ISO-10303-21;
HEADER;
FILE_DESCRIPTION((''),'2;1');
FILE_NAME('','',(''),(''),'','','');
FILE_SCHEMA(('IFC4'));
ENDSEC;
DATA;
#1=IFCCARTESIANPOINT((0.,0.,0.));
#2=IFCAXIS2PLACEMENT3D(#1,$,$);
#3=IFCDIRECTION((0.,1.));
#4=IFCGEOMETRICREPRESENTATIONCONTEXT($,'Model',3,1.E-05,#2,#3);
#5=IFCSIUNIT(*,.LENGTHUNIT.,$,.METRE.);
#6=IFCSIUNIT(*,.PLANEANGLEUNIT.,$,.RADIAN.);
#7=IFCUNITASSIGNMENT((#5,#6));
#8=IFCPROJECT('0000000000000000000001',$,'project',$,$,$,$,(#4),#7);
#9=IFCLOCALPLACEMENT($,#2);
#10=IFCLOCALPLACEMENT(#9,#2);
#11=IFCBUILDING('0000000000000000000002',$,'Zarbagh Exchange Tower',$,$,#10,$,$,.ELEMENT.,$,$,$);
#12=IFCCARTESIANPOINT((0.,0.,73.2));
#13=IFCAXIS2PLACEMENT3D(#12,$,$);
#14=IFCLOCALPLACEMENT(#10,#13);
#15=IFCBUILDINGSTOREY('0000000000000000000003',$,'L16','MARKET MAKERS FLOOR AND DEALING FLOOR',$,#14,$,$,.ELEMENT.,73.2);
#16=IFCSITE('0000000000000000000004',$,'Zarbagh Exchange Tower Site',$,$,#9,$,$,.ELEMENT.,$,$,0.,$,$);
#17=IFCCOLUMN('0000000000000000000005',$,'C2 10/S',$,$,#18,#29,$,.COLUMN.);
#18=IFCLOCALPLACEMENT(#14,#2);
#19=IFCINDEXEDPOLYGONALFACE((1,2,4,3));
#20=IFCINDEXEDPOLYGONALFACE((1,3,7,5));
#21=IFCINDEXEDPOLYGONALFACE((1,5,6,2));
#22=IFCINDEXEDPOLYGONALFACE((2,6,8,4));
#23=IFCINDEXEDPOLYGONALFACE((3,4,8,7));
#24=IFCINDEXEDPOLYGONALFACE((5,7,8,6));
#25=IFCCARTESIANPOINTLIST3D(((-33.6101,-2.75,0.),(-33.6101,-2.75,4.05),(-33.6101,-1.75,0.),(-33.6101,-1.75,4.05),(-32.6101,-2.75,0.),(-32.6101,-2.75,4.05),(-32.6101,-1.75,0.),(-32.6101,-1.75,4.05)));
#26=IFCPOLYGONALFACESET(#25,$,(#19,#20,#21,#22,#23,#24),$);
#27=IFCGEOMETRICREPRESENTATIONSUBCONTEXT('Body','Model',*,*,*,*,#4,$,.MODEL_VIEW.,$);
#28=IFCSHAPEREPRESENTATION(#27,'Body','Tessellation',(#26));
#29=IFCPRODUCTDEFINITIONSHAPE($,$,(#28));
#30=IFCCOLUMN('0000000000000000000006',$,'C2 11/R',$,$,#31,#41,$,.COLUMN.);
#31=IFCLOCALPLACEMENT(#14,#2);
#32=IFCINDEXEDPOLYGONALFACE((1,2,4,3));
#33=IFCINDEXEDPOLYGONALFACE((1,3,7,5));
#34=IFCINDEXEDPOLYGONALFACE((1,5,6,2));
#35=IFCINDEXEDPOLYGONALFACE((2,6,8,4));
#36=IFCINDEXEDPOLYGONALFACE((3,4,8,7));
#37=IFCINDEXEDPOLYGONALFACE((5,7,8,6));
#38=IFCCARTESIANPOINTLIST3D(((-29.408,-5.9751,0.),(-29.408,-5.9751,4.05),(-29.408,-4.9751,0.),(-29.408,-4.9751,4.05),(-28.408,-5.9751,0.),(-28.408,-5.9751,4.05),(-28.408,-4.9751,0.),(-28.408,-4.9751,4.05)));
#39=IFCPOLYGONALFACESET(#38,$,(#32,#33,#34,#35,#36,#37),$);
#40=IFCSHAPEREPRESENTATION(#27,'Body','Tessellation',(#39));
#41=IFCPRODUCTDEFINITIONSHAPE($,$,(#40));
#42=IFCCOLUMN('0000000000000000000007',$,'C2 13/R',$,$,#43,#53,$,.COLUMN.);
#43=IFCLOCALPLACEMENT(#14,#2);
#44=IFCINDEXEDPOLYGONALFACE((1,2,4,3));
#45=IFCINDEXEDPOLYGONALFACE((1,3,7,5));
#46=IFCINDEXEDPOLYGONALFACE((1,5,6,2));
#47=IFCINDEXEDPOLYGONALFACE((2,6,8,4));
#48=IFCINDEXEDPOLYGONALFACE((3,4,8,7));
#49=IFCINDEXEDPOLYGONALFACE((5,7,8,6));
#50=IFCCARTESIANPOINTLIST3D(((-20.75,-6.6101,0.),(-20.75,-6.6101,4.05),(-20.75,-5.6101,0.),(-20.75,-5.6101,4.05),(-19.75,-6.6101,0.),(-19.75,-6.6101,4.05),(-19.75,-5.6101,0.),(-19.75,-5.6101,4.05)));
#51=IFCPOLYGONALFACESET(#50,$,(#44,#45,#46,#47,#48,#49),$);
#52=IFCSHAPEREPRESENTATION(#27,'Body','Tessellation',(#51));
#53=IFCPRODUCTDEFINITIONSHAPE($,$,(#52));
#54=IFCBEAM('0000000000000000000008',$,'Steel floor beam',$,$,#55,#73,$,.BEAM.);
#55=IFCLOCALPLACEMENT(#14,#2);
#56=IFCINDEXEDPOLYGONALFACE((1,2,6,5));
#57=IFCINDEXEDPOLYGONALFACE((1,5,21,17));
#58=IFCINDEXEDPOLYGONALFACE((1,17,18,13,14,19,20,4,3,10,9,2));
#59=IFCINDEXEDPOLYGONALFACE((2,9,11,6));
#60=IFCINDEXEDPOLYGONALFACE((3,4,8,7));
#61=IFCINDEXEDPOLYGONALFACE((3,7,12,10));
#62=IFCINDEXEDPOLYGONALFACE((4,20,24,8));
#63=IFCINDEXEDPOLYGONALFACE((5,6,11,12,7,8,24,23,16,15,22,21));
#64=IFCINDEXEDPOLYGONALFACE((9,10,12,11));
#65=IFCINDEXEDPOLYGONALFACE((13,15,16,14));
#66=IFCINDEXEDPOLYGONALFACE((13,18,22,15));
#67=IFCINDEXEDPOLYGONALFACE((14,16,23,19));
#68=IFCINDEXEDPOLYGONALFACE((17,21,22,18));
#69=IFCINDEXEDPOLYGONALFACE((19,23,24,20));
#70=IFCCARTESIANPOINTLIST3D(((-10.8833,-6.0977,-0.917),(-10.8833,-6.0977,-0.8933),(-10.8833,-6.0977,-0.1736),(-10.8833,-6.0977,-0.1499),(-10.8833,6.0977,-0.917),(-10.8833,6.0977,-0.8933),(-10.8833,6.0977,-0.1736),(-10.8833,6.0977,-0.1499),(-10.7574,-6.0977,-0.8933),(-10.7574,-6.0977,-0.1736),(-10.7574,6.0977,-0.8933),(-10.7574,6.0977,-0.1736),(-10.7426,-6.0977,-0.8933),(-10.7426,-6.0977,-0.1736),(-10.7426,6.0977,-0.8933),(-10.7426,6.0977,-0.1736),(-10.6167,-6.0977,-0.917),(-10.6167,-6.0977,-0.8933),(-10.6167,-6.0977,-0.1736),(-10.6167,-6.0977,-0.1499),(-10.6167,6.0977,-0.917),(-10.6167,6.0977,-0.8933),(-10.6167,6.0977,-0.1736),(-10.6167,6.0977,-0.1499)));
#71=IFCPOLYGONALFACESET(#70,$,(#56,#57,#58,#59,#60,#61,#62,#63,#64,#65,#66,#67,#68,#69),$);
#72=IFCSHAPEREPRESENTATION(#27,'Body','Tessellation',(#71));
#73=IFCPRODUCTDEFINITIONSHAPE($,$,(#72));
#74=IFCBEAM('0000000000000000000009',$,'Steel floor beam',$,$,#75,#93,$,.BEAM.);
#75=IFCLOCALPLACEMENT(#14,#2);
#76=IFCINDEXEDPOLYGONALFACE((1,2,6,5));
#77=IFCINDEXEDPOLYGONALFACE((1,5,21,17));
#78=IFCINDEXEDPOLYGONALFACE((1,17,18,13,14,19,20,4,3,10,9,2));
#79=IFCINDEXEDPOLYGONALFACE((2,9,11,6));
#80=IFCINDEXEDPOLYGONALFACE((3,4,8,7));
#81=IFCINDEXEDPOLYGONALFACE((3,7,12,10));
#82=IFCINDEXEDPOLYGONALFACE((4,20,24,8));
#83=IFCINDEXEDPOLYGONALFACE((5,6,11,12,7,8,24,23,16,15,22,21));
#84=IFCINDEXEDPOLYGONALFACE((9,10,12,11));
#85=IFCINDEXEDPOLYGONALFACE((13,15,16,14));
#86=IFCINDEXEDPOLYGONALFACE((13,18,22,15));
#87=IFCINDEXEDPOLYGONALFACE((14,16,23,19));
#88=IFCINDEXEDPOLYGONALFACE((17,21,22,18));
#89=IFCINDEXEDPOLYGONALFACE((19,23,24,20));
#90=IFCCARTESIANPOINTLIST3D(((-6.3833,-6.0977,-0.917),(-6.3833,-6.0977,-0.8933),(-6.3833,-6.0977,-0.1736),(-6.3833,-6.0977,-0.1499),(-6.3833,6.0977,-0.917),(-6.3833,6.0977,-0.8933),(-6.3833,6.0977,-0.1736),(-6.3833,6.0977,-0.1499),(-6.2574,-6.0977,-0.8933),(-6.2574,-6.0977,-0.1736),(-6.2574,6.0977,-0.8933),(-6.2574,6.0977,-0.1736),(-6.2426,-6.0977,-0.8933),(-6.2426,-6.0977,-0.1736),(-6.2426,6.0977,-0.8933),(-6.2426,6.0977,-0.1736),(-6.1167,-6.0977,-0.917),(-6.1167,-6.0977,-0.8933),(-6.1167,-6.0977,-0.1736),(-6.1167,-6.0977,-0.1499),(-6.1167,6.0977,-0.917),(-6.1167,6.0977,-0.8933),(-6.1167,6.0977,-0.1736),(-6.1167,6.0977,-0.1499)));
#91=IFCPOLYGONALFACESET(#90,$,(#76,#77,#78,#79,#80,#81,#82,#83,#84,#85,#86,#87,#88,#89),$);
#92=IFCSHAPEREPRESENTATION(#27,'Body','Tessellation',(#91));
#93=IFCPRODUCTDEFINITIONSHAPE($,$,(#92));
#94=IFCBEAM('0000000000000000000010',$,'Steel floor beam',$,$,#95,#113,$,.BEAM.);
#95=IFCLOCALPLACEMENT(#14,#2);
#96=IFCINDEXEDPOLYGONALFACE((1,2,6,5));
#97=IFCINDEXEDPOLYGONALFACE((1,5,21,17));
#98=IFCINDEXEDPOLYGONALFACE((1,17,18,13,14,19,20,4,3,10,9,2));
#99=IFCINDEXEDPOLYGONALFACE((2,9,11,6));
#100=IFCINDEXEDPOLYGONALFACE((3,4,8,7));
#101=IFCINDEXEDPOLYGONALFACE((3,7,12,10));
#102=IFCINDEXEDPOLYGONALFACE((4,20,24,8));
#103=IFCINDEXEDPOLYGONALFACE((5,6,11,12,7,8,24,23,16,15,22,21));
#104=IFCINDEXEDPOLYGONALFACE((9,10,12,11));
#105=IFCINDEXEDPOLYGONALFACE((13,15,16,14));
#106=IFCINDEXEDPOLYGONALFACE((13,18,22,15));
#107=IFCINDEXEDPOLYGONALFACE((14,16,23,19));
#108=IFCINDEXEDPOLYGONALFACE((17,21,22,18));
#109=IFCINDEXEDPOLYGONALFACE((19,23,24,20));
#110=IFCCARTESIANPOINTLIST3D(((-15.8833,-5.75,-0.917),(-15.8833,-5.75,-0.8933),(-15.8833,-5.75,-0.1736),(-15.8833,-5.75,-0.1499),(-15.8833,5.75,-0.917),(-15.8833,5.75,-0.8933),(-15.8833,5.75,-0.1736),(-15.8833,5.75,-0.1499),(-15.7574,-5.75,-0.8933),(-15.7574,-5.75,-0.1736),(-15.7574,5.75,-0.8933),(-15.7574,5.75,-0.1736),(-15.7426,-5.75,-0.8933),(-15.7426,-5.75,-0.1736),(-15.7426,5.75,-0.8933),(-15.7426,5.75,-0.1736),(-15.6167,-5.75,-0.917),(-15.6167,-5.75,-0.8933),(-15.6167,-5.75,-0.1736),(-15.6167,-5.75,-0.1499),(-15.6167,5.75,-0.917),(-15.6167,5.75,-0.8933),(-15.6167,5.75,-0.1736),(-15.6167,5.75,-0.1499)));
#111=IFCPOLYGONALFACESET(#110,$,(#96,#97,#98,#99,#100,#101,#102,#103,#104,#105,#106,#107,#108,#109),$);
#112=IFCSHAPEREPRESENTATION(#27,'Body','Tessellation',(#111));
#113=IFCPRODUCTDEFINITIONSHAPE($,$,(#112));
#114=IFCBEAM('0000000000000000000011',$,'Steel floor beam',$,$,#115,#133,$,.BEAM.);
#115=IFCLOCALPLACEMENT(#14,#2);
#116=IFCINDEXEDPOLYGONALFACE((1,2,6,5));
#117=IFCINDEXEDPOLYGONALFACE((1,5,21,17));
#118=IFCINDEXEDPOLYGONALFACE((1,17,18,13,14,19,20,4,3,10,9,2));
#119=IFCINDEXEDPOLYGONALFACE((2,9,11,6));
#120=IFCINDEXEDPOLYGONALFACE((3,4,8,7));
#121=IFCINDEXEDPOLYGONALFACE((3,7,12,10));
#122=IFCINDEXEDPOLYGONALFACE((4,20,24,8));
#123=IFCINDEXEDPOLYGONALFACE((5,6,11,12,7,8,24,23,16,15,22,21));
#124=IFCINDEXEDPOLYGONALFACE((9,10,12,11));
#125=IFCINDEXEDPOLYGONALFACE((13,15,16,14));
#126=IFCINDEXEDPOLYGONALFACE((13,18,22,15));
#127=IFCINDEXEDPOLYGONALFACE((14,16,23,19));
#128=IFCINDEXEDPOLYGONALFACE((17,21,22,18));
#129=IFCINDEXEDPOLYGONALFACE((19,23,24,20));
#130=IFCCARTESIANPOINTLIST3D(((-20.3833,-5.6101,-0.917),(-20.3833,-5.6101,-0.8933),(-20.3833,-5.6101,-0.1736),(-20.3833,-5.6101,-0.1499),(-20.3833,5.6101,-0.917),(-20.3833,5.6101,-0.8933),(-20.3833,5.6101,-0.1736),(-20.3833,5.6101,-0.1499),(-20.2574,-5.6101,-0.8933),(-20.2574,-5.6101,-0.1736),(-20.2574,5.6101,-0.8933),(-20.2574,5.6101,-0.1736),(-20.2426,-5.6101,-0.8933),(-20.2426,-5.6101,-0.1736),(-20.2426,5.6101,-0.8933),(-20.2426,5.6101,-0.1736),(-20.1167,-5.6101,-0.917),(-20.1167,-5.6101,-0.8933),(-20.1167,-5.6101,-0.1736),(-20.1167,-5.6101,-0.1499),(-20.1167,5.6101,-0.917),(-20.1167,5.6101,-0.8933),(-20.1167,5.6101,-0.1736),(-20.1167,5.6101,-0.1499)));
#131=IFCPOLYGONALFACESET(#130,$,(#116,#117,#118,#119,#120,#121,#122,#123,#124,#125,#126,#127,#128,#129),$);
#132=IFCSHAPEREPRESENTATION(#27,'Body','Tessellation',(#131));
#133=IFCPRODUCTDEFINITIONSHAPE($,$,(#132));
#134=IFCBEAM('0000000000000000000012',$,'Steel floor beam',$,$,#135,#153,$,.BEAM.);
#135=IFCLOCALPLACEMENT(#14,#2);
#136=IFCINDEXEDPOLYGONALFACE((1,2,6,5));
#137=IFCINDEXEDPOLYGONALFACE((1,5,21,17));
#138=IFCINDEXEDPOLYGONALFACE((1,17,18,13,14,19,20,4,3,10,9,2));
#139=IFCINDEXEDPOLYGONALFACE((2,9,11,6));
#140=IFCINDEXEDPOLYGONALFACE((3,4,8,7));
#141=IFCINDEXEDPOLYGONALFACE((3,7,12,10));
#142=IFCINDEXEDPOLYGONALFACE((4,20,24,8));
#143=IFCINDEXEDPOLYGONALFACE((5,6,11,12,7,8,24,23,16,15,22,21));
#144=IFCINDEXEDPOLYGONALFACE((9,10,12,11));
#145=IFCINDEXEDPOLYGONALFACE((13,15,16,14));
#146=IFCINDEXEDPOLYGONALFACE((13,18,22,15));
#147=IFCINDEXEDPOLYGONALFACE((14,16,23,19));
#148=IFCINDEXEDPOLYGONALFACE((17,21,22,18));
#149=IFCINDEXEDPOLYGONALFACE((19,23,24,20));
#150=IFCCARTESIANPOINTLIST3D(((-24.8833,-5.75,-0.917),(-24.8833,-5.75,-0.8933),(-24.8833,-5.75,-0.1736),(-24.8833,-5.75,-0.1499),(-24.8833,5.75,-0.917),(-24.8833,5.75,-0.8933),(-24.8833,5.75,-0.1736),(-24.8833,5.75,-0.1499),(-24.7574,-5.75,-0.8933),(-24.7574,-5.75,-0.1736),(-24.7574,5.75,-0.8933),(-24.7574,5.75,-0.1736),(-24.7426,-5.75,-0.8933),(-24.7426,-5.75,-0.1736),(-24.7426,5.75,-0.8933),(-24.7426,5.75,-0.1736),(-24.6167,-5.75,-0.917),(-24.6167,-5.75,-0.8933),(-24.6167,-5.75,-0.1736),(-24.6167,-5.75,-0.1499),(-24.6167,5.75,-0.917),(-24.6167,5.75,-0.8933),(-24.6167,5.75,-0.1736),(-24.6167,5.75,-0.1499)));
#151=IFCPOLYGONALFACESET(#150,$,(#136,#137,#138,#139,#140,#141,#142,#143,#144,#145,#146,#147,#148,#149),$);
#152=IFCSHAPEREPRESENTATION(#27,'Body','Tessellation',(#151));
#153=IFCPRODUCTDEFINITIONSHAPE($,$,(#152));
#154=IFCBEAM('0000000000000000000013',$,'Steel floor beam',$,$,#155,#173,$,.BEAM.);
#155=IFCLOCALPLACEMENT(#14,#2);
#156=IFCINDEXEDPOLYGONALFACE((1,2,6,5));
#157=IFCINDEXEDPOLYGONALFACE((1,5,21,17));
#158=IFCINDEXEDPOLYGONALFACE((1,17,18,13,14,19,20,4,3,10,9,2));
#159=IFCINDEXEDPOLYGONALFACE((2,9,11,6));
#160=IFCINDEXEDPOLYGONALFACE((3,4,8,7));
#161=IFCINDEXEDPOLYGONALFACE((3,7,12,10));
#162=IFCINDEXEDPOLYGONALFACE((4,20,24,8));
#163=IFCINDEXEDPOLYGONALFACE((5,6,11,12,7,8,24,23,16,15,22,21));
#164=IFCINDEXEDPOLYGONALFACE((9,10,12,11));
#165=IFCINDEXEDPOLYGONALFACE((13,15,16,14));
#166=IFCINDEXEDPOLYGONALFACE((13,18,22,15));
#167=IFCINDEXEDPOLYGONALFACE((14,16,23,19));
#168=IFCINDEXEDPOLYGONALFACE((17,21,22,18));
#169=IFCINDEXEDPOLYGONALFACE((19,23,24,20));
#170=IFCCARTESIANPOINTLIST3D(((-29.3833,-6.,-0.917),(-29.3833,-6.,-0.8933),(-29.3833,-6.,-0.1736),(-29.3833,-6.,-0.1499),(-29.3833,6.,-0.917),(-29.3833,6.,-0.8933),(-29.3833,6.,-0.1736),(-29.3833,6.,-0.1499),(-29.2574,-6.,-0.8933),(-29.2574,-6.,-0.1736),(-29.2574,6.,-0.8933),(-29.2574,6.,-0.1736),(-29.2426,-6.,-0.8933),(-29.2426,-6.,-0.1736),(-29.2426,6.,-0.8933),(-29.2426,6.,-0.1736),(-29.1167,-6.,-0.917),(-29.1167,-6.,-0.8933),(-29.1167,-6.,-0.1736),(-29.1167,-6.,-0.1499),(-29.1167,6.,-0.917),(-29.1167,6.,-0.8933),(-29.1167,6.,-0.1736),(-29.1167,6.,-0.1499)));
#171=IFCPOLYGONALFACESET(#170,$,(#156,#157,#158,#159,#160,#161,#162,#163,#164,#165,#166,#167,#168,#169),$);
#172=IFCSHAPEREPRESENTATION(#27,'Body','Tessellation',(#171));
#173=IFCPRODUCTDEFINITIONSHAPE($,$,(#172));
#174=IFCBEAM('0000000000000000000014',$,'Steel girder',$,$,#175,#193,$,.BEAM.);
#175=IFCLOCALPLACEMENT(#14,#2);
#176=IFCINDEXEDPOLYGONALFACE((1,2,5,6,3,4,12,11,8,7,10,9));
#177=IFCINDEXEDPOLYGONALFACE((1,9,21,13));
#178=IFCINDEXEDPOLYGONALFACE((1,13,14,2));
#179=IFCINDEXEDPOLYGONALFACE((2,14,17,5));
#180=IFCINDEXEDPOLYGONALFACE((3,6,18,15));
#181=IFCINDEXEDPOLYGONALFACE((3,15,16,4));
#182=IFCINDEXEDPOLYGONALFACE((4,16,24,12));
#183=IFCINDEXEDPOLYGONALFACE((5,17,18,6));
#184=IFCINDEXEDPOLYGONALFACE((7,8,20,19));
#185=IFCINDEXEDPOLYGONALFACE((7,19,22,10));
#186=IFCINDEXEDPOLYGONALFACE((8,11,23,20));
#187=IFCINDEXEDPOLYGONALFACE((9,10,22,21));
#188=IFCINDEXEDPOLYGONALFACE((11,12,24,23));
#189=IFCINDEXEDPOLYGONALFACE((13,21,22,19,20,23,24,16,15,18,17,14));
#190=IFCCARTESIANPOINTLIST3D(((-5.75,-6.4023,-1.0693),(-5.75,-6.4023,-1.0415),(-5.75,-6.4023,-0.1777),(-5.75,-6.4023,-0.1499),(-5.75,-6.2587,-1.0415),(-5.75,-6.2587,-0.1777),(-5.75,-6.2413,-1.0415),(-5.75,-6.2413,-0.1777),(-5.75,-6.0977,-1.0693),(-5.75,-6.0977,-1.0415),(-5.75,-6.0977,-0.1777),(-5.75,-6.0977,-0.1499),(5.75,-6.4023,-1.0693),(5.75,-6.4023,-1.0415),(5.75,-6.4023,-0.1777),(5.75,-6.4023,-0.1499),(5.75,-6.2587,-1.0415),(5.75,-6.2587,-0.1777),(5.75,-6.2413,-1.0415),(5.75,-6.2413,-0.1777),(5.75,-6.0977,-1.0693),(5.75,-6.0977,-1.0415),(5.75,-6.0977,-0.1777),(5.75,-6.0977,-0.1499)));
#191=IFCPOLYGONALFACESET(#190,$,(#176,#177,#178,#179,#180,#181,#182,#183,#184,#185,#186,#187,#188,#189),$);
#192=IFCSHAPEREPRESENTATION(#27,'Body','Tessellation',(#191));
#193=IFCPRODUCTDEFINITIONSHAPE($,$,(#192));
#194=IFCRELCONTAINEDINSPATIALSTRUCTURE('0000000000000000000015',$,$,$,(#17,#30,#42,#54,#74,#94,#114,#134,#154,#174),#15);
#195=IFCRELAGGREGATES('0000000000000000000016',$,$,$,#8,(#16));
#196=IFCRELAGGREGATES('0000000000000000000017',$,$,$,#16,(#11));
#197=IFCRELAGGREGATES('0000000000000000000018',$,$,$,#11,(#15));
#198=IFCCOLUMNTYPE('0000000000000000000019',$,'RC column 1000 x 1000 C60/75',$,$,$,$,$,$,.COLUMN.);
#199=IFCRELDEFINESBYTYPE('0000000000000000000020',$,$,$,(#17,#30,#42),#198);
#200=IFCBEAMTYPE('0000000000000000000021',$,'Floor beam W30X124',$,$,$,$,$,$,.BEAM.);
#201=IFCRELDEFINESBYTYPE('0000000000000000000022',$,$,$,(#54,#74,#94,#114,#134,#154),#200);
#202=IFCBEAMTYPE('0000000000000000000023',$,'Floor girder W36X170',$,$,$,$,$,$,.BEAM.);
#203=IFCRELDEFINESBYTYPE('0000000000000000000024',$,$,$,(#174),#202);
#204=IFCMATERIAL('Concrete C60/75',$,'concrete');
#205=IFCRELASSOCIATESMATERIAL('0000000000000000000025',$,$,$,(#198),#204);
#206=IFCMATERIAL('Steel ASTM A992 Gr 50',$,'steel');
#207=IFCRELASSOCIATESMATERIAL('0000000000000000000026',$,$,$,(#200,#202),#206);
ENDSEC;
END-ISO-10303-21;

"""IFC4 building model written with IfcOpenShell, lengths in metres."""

from ifc_helpers import new_model, si_unit, direction, frame, origin, origin_2d, place, context, subcontext, project, spatial, rectangle, i_section, extrude, material, material_profile, profile_set, type_object, element, save


model = new_model("IFC4")

# Units and contexts
model_context = context("Model", 3, precision=1e-05, world=origin(), true_north=direction((0.0, 1.0)))
body_context = subcontext(model_context, "Body", "Model", "MODEL_VIEW")
ifc_project = project(units=[si_unit("LENGTHUNIT", "METRE"), si_unit("PLANEANGLEUNIT", "RADIAN")], contexts=[model_context])

# Site, building, storey
site_placement = place(None, origin())
site = spatial("IfcSite", under=ifc_project, at=site_placement, Name="Zarbagh Exchange Tower Site", CompositionType="ELEMENT", RefElevation=0.0)
building_placement = place(site_placement, origin())
building = spatial("IfcBuilding", under=site, at=building_placement, Name="Zarbagh Exchange Tower", CompositionType="ELEMENT")
storey_placement = place(building_placement, frame((0.0, 0.0, 73.2)))
storey = spatial("IfcBuildingStorey", under=building, at=storey_placement, Name="L16", Description="MARKET MAKERS FLOOR AND DEALING FLOOR", CompositionType="ELEMENT", Elevation=73.2)

# Columns
ifc_material_1 = material(Name="Concrete C60/75", Category="concrete")
ifc_material_profile_1 = material_profile(ifc_material_1, rectangle(XDim=1.0, YDim=1.0, at=origin_2d()), Name="RC column 1000 x 1000 C60/75")
ifc_profile_set_1 = profile_set([ifc_material_profile_1], Name="Concrete C60/75")
column_type = type_object("IfcColumnType", Name="RC column 1000 x 1000 C60/75", PredefinedType="COLUMN", material=ifc_profile_set_1)
for number, where, z_axis, x_axis, name in (
    (1, (-33.1101, -2.25, 0.0), (0.0, 0.0, 1.0), (1.0, 0.0, 0.0), "C2 10/S"),
    (2, (-28.908, -5.4751, 0.0), (0.0, 0.0, 1.0), (1.0, 0.0, 0.0), "C2 11/R"),
    (3, (-20.25, -6.1101, 0.0), (0.0, 0.0, 1.0), (1.0, 0.0, 0.0), "C2 13/R"),
):
    element("IfcColumn", number, at=place(storey_placement, frame(where, z_axis=z_axis, x_axis=x_axis)), inside=storey, type_object=column_type, Name=name, PredefinedType="COLUMN", context=body_context, shape_type="SweptSolid", body=[
        extrude(rectangle(XDim=1.0, YDim=1.0, at=origin_2d()), origin(), (0.0, 0.0, 1.0), 4.05),
    ])

# Beams
ifc_material_2 = material(Name="Steel ASTM A992 Gr 50", Category="steel")
ifc_material_profile_2 = material_profile(ifc_material_2, i_section(OverallWidth=0.2666, OverallDepth=0.7671, WebThickness=0.0149, FlangeThickness=0.0237, at=origin_2d()), Name="W30X124")
ifc_profile_set_2 = profile_set([ifc_material_profile_2], Name="Steel ASTM A992 Gr 50")
beam_type_1 = type_object("IfcBeamType", Name="Floor beam W30X124", PredefinedType="BEAM", material=ifc_profile_set_2)
for number, where, z_axis, x_axis, name in (
    (4, (-10.75, -6.0977, -0.5334), (0.0, 1.0, 0.0), (-1.0, 0.0, 0.0), "Steel floor beam"),
    (5, (-6.25, -6.0977, -0.5334), (0.0, 1.0, 0.0), (-1.0, 0.0, 0.0), "Steel floor beam"),
):
    element("IfcBeam", number, at=place(storey_placement, frame(where, z_axis=z_axis, x_axis=x_axis)), inside=storey, type_object=beam_type_1, Name=name, PredefinedType="BEAM", context=body_context, shape_type="SweptSolid", body=[
        extrude(i_section(OverallWidth=0.2666, OverallDepth=0.7671, WebThickness=0.0149, FlangeThickness=0.0237, at=origin_2d()), origin(), (0.0, 0.0, 1.0), 12.1953),
    ])
beam_1_placement = place(storey_placement, frame((-15.75, -5.75, -0.5334), z_axis=(0.0, 1.0, 0.0), x_axis=(-1.0, 0.0, 0.0)))
element("IfcBeam", 6, at=beam_1_placement, inside=storey, type_object=beam_type_1, Name="Steel floor beam", PredefinedType="BEAM", context=body_context, shape_type="SweptSolid", body=[
    extrude(i_section(OverallWidth=0.2666, OverallDepth=0.7671, WebThickness=0.0149, FlangeThickness=0.0237, at=origin_2d()), origin(), (0.0, 0.0, 1.0), 11.5),
])
beam_2_placement = place(storey_placement, frame((-20.25, -5.6101, -0.5334), z_axis=(0.0, 1.0, 0.0), x_axis=(-1.0, 0.0, 0.0)))
element("IfcBeam", 7, at=beam_2_placement, inside=storey, type_object=beam_type_1, Name="Steel floor beam", PredefinedType="BEAM", context=body_context, shape_type="SweptSolid", body=[
    extrude(i_section(OverallWidth=0.2666, OverallDepth=0.7671, WebThickness=0.0149, FlangeThickness=0.0237, at=origin_2d()), origin(), (0.0, 0.0, 1.0), 11.2202),
])
beam_3_placement = place(storey_placement, frame((-24.75, -5.75, -0.5334), z_axis=(0.0, 1.0, 0.0), x_axis=(-1.0, 0.0, 0.0)))
element("IfcBeam", 8, at=beam_3_placement, inside=storey, type_object=beam_type_1, Name="Steel floor beam", PredefinedType="BEAM", context=body_context, shape_type="SweptSolid", body=[
    extrude(i_section(OverallWidth=0.2666, OverallDepth=0.7671, WebThickness=0.0149, FlangeThickness=0.0237, at=origin_2d()), origin(), (0.0, 0.0, 1.0), 11.5),
])
beam_4_placement = place(storey_placement, frame((-29.25, -6.0, -0.5334), z_axis=(0.0, 1.0, 0.0), x_axis=(-1.0, 0.0, 0.0)))
element("IfcBeam", 9, at=beam_4_placement, inside=storey, type_object=beam_type_1, Name="Steel floor beam", PredefinedType="BEAM", context=body_context, shape_type="SweptSolid", body=[
    extrude(i_section(OverallWidth=0.2666, OverallDepth=0.7671, WebThickness=0.0149, FlangeThickness=0.0237, at=origin_2d()), origin(), (0.0, 0.0, 1.0), 12.0),
])
ifc_material_profile_3 = material_profile(ifc_material_2, i_section(OverallWidth=0.3047, OverallDepth=0.9194, WebThickness=0.0173, FlangeThickness=0.0278, at=origin_2d()), Name="W36X170")
ifc_profile_set_3 = profile_set([ifc_material_profile_3], Name="Steel ASTM A992 Gr 50")
beam_type_2 = type_object("IfcBeamType", Name="Floor girder W36X170", PredefinedType="BEAM", material=ifc_profile_set_3)
beam_5_placement = place(storey_placement, frame((-5.75, -6.25, -0.6096), z_axis=(1.0, 0.0, 0.0), x_axis=(0.0, 1.0, 0.0)))
element("IfcBeam", 10, at=beam_5_placement, inside=storey, type_object=beam_type_2, Name="Steel girder", PredefinedType="BEAM", context=body_context, shape_type="SweptSolid", body=[
    extrude(i_section(OverallWidth=0.3047, OverallDepth=0.9194, WebThickness=0.0173, FlangeThickness=0.0278, at=origin_2d()), origin(), (0.0, 0.0, 1.0), 11.5),
])

save(model, "model.ifc")
